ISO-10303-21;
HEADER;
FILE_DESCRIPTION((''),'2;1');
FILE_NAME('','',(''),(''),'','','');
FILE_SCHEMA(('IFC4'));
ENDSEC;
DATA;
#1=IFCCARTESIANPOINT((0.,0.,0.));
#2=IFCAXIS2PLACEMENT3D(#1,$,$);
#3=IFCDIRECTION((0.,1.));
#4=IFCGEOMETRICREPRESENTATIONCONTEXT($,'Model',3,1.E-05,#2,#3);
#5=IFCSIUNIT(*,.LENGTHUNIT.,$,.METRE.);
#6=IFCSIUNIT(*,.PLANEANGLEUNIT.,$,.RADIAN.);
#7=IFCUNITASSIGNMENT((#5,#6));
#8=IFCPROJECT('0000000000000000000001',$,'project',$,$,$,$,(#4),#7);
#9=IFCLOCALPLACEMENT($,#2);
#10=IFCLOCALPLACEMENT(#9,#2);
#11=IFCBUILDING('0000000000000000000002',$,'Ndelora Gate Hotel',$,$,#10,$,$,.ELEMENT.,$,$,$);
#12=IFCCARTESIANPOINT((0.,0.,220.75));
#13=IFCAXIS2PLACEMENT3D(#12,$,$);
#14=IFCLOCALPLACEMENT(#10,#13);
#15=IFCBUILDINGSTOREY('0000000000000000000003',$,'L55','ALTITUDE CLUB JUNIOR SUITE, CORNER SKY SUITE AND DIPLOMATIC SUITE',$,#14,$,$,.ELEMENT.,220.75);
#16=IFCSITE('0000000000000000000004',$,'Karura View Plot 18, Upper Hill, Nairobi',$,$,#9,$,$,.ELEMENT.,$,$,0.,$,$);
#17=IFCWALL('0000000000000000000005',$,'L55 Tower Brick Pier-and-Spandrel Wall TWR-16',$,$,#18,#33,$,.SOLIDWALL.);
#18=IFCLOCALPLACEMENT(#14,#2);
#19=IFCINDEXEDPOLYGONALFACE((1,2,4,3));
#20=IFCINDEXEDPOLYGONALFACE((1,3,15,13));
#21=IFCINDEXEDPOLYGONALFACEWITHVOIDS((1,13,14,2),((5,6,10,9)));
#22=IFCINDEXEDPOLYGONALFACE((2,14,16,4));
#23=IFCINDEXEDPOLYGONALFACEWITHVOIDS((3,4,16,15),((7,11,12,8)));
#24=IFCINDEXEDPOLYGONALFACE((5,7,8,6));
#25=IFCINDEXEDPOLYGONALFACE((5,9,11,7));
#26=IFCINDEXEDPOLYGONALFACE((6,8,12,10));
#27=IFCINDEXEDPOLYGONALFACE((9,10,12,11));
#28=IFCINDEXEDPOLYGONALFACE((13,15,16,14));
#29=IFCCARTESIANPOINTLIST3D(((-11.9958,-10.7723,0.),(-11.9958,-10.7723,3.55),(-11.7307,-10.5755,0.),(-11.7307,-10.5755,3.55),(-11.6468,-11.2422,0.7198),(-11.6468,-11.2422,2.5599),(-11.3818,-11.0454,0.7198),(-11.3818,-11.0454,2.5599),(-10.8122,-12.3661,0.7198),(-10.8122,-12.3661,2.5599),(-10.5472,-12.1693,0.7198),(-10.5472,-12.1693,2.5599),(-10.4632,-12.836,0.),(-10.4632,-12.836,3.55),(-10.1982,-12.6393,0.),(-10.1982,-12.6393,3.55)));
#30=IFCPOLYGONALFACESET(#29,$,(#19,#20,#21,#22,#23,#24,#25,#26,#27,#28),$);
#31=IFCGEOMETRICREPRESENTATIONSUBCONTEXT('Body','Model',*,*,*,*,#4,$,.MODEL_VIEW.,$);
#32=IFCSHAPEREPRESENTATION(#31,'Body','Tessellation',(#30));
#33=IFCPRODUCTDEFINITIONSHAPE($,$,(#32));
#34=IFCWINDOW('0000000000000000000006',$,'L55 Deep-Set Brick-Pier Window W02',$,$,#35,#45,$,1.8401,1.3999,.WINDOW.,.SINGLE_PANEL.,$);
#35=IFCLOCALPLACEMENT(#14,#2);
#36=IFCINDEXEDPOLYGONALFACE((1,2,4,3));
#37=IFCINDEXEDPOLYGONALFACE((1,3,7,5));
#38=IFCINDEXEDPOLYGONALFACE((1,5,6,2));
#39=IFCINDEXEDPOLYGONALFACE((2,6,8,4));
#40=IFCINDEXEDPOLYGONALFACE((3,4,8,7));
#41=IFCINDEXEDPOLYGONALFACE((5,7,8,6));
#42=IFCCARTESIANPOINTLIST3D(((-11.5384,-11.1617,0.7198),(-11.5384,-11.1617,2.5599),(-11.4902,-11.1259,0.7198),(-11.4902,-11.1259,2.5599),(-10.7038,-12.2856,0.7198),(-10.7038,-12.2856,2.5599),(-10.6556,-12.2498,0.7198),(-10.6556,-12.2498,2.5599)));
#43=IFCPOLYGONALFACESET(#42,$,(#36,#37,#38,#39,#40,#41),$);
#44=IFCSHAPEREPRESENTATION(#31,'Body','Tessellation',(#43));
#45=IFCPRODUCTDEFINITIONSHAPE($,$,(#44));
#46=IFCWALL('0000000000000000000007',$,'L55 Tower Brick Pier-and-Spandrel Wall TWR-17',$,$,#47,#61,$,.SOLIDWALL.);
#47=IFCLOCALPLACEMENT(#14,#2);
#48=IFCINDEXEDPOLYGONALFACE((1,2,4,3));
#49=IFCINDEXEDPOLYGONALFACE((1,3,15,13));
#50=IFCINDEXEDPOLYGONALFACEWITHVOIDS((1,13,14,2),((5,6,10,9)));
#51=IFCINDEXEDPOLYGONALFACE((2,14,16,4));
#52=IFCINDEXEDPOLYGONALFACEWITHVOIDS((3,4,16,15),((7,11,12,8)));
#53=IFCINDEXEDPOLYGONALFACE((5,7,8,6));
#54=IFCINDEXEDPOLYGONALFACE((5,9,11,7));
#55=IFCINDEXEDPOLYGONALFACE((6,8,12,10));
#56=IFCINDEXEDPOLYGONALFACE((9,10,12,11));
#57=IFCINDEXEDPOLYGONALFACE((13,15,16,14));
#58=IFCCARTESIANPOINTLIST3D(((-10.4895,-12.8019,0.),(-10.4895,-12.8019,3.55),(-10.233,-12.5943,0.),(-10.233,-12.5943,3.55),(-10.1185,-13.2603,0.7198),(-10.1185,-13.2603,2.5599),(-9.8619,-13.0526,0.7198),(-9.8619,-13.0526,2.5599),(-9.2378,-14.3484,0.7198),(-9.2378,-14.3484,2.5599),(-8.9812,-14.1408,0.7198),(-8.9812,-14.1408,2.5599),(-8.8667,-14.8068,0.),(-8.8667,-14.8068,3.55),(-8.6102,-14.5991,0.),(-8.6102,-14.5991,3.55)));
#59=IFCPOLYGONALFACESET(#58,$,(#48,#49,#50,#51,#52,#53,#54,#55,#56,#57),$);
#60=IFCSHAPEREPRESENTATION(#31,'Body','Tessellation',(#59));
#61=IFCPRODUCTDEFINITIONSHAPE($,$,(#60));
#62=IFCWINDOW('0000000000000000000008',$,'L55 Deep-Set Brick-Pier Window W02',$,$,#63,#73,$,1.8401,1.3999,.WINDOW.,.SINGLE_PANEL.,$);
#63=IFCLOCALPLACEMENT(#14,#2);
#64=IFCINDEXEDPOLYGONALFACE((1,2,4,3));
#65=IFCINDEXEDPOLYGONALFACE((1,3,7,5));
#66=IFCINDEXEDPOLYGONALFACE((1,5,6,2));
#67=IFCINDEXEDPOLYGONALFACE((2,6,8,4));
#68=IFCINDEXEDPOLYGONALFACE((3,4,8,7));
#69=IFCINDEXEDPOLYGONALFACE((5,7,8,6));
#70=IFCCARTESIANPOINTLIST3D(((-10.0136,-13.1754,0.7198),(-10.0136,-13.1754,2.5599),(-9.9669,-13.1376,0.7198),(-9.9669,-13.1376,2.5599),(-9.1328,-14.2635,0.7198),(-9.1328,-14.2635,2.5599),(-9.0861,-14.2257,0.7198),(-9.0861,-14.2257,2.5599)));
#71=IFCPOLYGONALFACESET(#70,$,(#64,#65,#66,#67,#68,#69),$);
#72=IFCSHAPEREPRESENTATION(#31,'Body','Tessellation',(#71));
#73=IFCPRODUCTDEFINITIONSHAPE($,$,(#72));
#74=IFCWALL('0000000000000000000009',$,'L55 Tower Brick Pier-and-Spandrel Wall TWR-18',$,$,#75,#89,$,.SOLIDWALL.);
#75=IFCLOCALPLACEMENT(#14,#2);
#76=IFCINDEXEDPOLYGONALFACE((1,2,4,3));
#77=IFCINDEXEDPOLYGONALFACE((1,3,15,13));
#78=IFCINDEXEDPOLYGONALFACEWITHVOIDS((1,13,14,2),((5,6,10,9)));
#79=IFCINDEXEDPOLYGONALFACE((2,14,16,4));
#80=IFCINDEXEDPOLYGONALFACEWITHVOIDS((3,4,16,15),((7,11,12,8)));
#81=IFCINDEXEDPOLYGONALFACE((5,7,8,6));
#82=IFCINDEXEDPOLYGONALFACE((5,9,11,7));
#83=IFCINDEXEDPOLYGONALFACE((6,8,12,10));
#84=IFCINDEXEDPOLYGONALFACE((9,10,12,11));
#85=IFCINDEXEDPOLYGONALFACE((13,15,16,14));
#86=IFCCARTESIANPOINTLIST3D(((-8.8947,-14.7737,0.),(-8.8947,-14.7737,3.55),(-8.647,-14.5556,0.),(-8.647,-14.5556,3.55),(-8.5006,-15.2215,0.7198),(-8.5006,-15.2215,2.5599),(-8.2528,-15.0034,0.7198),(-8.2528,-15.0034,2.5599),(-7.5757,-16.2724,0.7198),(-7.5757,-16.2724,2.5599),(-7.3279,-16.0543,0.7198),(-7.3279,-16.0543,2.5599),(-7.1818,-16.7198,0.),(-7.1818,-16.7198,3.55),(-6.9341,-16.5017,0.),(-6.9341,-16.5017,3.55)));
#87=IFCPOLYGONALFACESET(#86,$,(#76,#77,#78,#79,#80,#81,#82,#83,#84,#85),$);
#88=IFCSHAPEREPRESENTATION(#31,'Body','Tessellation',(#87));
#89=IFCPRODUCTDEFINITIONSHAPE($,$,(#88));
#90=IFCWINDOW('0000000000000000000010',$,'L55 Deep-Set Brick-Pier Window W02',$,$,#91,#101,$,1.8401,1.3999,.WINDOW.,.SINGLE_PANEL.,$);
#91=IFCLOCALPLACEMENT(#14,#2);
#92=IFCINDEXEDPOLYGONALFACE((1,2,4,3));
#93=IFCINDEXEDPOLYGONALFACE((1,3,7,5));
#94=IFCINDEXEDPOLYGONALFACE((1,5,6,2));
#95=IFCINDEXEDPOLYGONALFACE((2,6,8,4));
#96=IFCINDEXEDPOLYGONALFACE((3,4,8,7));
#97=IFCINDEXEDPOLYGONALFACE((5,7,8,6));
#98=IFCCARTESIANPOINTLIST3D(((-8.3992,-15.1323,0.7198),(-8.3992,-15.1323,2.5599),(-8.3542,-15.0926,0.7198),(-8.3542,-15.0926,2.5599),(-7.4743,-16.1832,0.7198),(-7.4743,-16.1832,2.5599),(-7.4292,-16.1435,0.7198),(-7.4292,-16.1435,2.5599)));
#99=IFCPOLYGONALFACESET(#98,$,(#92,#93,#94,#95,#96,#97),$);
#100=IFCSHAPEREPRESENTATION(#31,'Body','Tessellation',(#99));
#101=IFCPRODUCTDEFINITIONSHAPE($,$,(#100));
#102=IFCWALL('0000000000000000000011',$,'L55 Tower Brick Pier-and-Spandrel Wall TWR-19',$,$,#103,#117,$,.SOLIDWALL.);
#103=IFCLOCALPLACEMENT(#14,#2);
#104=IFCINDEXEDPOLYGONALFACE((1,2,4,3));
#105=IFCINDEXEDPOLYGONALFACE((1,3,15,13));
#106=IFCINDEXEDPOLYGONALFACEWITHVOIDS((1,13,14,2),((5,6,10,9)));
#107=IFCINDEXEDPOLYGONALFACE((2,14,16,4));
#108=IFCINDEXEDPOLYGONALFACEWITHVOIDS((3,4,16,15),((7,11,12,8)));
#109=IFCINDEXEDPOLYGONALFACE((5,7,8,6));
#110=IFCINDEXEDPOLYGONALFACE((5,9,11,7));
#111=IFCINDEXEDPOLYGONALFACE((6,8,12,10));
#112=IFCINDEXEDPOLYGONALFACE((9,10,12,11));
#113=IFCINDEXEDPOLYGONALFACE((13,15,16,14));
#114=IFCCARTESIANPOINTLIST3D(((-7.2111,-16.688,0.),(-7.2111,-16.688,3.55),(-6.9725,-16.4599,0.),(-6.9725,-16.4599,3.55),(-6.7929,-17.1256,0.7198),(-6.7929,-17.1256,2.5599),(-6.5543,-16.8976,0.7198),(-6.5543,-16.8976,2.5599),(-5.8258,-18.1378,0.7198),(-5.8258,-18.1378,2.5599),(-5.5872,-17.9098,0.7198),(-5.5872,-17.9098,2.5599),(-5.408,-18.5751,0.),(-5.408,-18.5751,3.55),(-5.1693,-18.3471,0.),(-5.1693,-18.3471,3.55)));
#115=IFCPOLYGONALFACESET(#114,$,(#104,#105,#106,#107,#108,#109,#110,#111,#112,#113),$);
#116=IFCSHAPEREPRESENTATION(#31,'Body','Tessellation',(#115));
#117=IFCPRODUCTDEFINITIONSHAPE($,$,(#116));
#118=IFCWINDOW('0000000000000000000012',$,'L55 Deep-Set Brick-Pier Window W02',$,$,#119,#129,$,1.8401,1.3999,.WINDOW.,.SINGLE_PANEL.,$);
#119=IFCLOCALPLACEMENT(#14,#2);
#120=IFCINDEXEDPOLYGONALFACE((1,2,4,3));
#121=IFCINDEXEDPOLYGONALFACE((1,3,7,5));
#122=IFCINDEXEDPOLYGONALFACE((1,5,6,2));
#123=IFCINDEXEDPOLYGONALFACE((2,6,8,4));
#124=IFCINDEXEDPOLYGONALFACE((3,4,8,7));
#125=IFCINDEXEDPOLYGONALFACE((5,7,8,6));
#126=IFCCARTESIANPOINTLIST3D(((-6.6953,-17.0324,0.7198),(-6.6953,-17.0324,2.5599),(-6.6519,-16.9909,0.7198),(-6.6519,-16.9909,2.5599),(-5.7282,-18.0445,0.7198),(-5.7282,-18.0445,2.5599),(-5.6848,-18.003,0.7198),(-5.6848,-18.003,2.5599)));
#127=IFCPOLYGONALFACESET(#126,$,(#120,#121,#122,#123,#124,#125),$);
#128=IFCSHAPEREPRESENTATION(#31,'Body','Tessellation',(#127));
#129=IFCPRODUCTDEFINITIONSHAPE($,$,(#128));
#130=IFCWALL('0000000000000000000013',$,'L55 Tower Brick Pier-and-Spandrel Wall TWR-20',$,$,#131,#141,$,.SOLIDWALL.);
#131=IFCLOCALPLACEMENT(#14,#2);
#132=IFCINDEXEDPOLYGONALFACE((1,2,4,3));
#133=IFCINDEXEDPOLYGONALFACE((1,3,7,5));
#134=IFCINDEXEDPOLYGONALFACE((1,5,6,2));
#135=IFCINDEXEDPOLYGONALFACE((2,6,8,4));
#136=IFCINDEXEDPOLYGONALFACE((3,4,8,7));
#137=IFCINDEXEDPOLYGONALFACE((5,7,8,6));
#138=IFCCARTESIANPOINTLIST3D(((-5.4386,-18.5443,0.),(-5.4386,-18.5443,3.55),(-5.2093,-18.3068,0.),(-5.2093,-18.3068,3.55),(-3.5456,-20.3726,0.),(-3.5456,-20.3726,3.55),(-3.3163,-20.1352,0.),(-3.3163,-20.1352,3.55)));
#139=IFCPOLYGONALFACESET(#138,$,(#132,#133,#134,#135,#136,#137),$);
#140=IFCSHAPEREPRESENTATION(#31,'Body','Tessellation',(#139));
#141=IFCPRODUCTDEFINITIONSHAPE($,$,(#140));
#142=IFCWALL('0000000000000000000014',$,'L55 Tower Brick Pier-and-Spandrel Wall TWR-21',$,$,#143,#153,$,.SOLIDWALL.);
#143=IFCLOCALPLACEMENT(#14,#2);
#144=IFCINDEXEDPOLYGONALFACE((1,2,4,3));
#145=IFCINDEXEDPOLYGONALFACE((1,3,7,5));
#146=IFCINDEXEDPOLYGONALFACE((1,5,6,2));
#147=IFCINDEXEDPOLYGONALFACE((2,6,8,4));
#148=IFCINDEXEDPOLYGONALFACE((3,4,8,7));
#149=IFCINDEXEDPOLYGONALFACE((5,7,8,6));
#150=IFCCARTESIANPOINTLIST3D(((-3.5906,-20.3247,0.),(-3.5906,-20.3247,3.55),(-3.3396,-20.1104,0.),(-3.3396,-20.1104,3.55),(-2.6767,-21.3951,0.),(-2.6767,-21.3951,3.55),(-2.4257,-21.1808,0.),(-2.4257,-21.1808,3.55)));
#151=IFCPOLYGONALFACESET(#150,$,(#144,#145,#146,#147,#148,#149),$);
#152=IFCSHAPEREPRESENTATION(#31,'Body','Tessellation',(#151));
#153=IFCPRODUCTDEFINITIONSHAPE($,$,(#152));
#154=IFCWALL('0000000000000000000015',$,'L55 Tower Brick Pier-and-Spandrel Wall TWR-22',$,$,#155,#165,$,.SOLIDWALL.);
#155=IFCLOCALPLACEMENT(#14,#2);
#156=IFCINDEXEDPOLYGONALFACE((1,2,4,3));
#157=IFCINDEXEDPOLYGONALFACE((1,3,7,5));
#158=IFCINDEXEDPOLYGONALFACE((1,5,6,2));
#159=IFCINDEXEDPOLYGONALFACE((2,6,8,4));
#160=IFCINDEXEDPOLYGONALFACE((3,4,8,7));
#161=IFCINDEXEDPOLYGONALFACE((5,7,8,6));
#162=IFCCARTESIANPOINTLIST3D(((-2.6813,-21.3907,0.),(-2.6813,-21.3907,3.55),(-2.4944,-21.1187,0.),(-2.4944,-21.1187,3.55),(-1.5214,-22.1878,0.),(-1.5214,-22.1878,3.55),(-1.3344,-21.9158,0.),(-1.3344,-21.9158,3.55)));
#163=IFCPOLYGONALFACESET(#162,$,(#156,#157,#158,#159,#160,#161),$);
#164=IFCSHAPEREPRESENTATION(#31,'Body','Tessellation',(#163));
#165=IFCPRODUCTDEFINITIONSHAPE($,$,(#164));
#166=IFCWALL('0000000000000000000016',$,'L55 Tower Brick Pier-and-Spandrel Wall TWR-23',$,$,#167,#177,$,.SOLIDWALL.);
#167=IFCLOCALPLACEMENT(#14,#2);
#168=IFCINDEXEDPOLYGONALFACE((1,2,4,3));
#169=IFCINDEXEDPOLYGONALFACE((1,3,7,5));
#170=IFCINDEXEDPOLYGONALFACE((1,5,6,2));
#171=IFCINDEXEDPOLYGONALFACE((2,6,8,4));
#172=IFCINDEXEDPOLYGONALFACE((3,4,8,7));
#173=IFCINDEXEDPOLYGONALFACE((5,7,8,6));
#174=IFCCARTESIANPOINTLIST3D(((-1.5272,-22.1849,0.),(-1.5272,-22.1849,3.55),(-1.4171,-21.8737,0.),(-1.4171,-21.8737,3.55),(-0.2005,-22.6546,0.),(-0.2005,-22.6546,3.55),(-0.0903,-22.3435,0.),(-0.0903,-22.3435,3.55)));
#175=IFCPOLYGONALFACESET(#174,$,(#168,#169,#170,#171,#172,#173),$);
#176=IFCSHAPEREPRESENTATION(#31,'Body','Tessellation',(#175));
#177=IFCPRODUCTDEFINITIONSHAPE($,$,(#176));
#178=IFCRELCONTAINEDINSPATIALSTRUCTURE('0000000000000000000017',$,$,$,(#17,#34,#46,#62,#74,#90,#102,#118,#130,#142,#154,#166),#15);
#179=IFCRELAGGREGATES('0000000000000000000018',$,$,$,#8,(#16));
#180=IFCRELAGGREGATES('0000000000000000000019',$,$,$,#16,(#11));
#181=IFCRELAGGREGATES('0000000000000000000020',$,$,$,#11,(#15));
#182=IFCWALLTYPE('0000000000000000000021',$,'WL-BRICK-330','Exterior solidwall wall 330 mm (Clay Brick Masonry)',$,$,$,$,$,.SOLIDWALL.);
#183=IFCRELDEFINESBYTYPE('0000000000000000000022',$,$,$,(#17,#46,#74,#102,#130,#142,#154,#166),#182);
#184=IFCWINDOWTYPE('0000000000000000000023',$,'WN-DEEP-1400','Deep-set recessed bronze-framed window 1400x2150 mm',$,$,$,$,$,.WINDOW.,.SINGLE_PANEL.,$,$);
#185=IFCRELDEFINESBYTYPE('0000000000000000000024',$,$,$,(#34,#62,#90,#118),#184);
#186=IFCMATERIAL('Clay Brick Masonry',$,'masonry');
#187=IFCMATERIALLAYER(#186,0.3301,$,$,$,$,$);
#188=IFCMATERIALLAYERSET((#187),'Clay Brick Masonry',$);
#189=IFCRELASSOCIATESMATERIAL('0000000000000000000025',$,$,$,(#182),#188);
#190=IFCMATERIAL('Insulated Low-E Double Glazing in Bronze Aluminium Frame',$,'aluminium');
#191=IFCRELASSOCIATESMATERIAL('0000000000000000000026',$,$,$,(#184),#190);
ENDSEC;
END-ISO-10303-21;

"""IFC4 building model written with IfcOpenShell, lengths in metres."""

from ifc_helpers import new_model, si_unit, direction, frame, frame_2d, origin, place, context, subcontext, project, spatial, rectangle, extrude, material, layer, layer_set, type_object, element, fill, save


model = new_model("IFC4")

# Units and contexts
model_context = context("Model", 3, precision=1e-05, world=origin(), true_north=direction((0.0, 1.0)))
body_context = subcontext(model_context, "Body", "Model", "MODEL_VIEW")
ifc_project = project(units=[si_unit("LENGTHUNIT", "METRE"), si_unit("PLANEANGLEUNIT", "RADIAN")], contexts=[model_context])

# Site, building, storey
site_placement = place(None, origin())
site = spatial("IfcSite", under=ifc_project, at=site_placement, Name="Karura View Plot 18, Upper Hill, Nairobi", CompositionType="ELEMENT", RefElevation=0.0)
building_placement = place(site_placement, origin())
building = spatial("IfcBuilding", under=site, at=building_placement, Name="Ndelora Gate Hotel", CompositionType="ELEMENT")
storey_placement = place(building_placement, frame((0.0, 0.0, 220.75)))
storey = spatial("IfcBuildingStorey", under=building, at=storey_placement, Name="L55", Description="ALTITUDE CLUB JUNIOR SUITE, CORNER SKY SUITE AND DIPLOMATIC SUITE", CompositionType="ELEMENT", Elevation=220.75)

# Shared definitions
ifc_material_1 = material(Name="Clay Brick Masonry", Category="masonry")
ifc_layer_1 = layer(ifc_material_1, 0.3301)
ifc_layer_set_1 = layer_set([ifc_layer_1], Name="Clay Brick Masonry")
wall_type_1 = type_object("IfcWallType", Name="WL-BRICK-330", Description="Exterior solidwall wall 330 mm (Clay Brick Masonry)", PredefinedType="SOLIDWALL", material=ifc_layer_set_1)

# Walls, openings, windows
wall_1_placement = place(storey_placement, frame((-10.3308, -12.7375, 0.0), z_axis=(0.0, 0.0, 1.0), x_axis=(-0.596179, 0.802852, 0.0)))
wall_1 = element("IfcWall", 1, at=wall_1_placement, inside=storey, type_object=wall_type_1, Name="L55 Tower Brick Pier-and-Spandrel Wall TWR-16", PredefinedType="SOLIDWALL", context=body_context, shape_type="SweptSolid", body=[
    extrude(rectangle(XDim=2.5706, YDim=0.3301, at=frame_2d((1.2852, 0.0))), origin(), (0.0, 0.0, 1.0), 3.55),
])
opening_1_placement = place(wall_1_placement, frame((0.5852, 0.0, 0.72)))
opening_1 = element("IfcOpeningElement", 2, at=opening_1_placement, cuts=wall_1, PredefinedType="OPENING", context=body_context, shape_type="SweptSolid", body=[
    extrude(rectangle(XDim=1.3999, YDim=1.8401, at=frame_2d((0.7, 0.9199))), frame((0.0, 0.175, 0.0), z_axis=(0.0, -1.0, 0.0), x_axis=(1.0, 0.0, 0.0)), (0.0, 0.0, 1.0), 0.3501),
])
ifc_material_2 = material(Name="Insulated Low-E Double Glazing in Bronze Aluminium Frame", Category="aluminium")
window_type = type_object("IfcWindowType", Name="WN-DEEP-1400", Description="Deep-set recessed bronze-framed window 1400x2150 mm", PartitioningType="SINGLE_PANEL", PredefinedType="WINDOW", material=ifc_material_2)
window_1_placement = place(opening_1_placement, origin())
window_1 = element("IfcWindow", 3, at=window_1_placement, inside=storey, type_object=window_type, Name="L55 Deep-Set Brick-Pier Window W02", OverallHeight=1.8401, OverallWidth=1.3999, PartitioningType="SINGLE_PANEL", PredefinedType="WINDOW", context=body_context, shape_type="SweptSolid", body=[
    extrude(rectangle(XDim=1.3999, YDim=1.8401, at=frame_2d((0.7, 0.9199))), frame((0.0, 0.03, 0.0), z_axis=(0.0, -1.0, 0.0), x_axis=(1.0, 0.0, 0.0)), (0.0, 0.0, 1.0), 0.0601),
])
fill(opening_1, window_1)
wall_2_placement = place(storey_placement, frame((-8.7385, -14.7029, 0.0), z_axis=(0.0, 0.0, 1.0), x_axis=(-0.629152, 0.777282, 0.0)))
wall_2 = element("IfcWall", 4, at=wall_2_placement, inside=storey, type_object=wall_type_1, Name="L55 Tower Brick Pier-and-Spandrel Wall TWR-17", PredefinedType="SOLIDWALL", context=body_context, shape_type="SweptSolid", body=[
    extrude(rectangle(XDim=2.5793, YDim=0.3301, at=frame_2d((1.2896, 0.0))), origin(), (0.0, 0.0, 1.0), 3.55),
])
opening_2_placement = place(wall_2_placement, frame((0.5896, 0.0, 0.72)))
opening_2 = element("IfcOpeningElement", 5, at=opening_2_placement, cuts=wall_2, PredefinedType="OPENING", context=body_context, shape_type="SweptSolid", body=[
    extrude(rectangle(XDim=1.3999, YDim=1.8401, at=frame_2d((0.7, 0.9199))), frame((0.0, 0.175, 0.0), z_axis=(0.0, -1.0, 0.0), x_axis=(1.0, 0.0, 0.0)), (0.0, 0.0, 1.0), 0.3501),
])
window_2_placement = place(opening_2_placement, origin())
window_2 = element("IfcWindow", 6, at=window_2_placement, inside=storey, type_object=window_type, Name="L55 Deep-Set Brick-Pier Window W02", OverallHeight=1.8401, OverallWidth=1.3999, PartitioningType="SINGLE_PANEL", PredefinedType="WINDOW", context=body_context, shape_type="SweptSolid", body=[
    extrude(rectangle(XDim=1.3999, YDim=1.8401, at=frame_2d((0.7, 0.9199))), frame((0.0, 0.03, 0.0), z_axis=(0.0, -1.0, 0.0), x_axis=(1.0, 0.0, 0.0)), (0.0, 0.0, 1.0), 0.0601),
])
fill(opening_2, window_2)
wall_3_placement = place(storey_placement, frame((-7.0579, -16.6108, 0.0), z_axis=(0.0, 0.0, 1.0), x_axis=(-0.660709, 0.750643, 0.0)))
wall_3 = element("IfcWall", 7, at=wall_3_placement, inside=storey, type_object=wall_type_1, Name="L55 Tower Brick Pier-and-Spandrel Wall TWR-18", PredefinedType="SOLIDWALL", context=body_context, shape_type="SweptSolid", body=[
    extrude(rectangle(XDim=2.5925, YDim=0.3301, at=frame_2d((1.2964, 0.0))), origin(), (0.0, 0.0, 1.0), 3.55),
])
opening_3_placement = place(wall_3_placement, frame((0.5962, 0.0, 0.72)))
opening_3 = element("IfcOpeningElement", 8, at=opening_3_placement, cuts=wall_3, PredefinedType="OPENING", context=body_context, shape_type="SweptSolid", body=[
    extrude(rectangle(XDim=1.3999, YDim=1.8401, at=frame_2d((0.7, 0.9199))), frame((0.0, 0.175, 0.0), z_axis=(0.0, -1.0, 0.0), x_axis=(1.0, 0.0, 0.0)), (0.0, 0.0, 1.0), 0.3501),
])
window_3_placement = place(opening_3_placement, origin())
window_3 = element("IfcWindow", 9, at=window_3_placement, inside=storey, type_object=window_type, Name="L55 Deep-Set Brick-Pier Window W02", OverallHeight=1.8401, OverallWidth=1.3999, PartitioningType="SINGLE_PANEL", PredefinedType="WINDOW", context=body_context, shape_type="SweptSolid", body=[
    extrude(rectangle(XDim=1.3999, YDim=1.8401, at=frame_2d((0.7, 0.9199))), frame((0.0, 0.03, 0.0), z_axis=(0.0, -1.0, 0.0), x_axis=(1.0, 0.0, 0.0)), (0.0, 0.0, 1.0), 0.0601),
])
fill(opening_3, window_3)
wall_4_placement = place(storey_placement, frame((-5.2886, -18.4612, 0.0), z_axis=(0.0, 0.0, 1.0), x_axis=(-0.690836, 0.723011, 0.0)))
wall_4 = element("IfcWall", 10, at=wall_4_placement, inside=storey, type_object=wall_type_1, Name="L55 Tower Brick Pier-and-Spandrel Wall TWR-19", PredefinedType="SOLIDWALL", context=body_context, shape_type="SweptSolid", body=[
    extrude(rectangle(XDim=2.6101, YDim=0.3301, at=frame_2d((1.3052, 0.0))), origin(), (0.0, 0.0, 1.0), 3.55),
])
opening_4_placement = place(wall_4_placement, frame((0.605, 0.0, 0.72)))
opening_4 = element("IfcOpeningElement", 11, at=opening_4_placement, cuts=wall_4, PredefinedType="OPENING", context=body_context, shape_type="SweptSolid", body=[
    extrude(rectangle(XDim=1.3999, YDim=1.8401, at=frame_2d((0.7, 0.9199))), frame((0.0, 0.175, 0.0), z_axis=(0.0, -1.0, 0.0), x_axis=(1.0, 0.0, 0.0)), (0.0, 0.0, 1.0), 0.3501),
])
window_4_placement = place(opening_4_placement, origin())
window_4 = element("IfcWindow", 12, at=window_4_placement, inside=storey, type_object=window_type, Name="L55 Deep-Set Brick-Pier Window W02", OverallHeight=1.8401, OverallWidth=1.3999, PartitioningType="SINGLE_PANEL", PredefinedType="WINDOW", context=body_context, shape_type="SweptSolid", body=[
    extrude(rectangle(XDim=1.3999, YDim=1.8401, at=frame_2d((0.7, 0.9199))), frame((0.0, 0.03, 0.0), z_axis=(0.0, -1.0, 0.0), x_axis=(1.0, 0.0, 0.0)), (0.0, 0.0, 1.0), 0.0601),
])
fill(opening_4, window_4)

# Walls
wall_5_placement = place(storey_placement, frame((-3.4309, -20.2539, 0.0), z_axis=(0.0, 0.0, 1.0), x_axis=(-0.719291, 0.694709, 0.0)))
element("IfcWall", 13, at=wall_5_placement, inside=storey, type_object=wall_type_1, Name="L55 Tower Brick Pier-and-Spandrel Wall TWR-20", PredefinedType="SOLIDWALL", context=body_context, shape_type="SweptSolid", body=[
    extrude(rectangle(XDim=2.6318, YDim=0.3301, at=frame_2d((1.3159, 0.0))), origin(), (0.0, 0.0, 1.0), 3.55),
])
for number, where, z_axis, x_axis, name in (
    (14, (-2.5513, -21.2878, 0.0), (0.0, 0.0, 1.0), (-0.649319, 0.760516, 0.0), "L55 Tower Brick Pier-and-Spandrel Wall TWR-21"),
    (15, (-1.428, -22.0518, 0.0), (0.0, 0.0, 1.0), (-0.824148, 0.566374, 0.0), "L55 Tower Brick Pier-and-Spandrel Wall TWR-22"),
    (16, (-0.1455, -22.499, 0.0), (0.0, 0.0, 1.0), (-0.942657, 0.333764, 0.0), "L55 Tower Brick Pier-and-Spandrel Wall TWR-23"),
):
    element("IfcWall", number, at=place(storey_placement, frame(where, z_axis=z_axis, x_axis=x_axis)), inside=storey, type_object=wall_type_1, Name=name, PredefinedType="SOLIDWALL", context=body_context, shape_type="SweptSolid", body=[
        extrude(rectangle(XDim=1.4075, YDim=0.3301, at=frame_2d((0.7036, 0.0))), origin(), (0.0, 0.0, 1.0), 3.55),
    ])

save(model, "model.ifc")
